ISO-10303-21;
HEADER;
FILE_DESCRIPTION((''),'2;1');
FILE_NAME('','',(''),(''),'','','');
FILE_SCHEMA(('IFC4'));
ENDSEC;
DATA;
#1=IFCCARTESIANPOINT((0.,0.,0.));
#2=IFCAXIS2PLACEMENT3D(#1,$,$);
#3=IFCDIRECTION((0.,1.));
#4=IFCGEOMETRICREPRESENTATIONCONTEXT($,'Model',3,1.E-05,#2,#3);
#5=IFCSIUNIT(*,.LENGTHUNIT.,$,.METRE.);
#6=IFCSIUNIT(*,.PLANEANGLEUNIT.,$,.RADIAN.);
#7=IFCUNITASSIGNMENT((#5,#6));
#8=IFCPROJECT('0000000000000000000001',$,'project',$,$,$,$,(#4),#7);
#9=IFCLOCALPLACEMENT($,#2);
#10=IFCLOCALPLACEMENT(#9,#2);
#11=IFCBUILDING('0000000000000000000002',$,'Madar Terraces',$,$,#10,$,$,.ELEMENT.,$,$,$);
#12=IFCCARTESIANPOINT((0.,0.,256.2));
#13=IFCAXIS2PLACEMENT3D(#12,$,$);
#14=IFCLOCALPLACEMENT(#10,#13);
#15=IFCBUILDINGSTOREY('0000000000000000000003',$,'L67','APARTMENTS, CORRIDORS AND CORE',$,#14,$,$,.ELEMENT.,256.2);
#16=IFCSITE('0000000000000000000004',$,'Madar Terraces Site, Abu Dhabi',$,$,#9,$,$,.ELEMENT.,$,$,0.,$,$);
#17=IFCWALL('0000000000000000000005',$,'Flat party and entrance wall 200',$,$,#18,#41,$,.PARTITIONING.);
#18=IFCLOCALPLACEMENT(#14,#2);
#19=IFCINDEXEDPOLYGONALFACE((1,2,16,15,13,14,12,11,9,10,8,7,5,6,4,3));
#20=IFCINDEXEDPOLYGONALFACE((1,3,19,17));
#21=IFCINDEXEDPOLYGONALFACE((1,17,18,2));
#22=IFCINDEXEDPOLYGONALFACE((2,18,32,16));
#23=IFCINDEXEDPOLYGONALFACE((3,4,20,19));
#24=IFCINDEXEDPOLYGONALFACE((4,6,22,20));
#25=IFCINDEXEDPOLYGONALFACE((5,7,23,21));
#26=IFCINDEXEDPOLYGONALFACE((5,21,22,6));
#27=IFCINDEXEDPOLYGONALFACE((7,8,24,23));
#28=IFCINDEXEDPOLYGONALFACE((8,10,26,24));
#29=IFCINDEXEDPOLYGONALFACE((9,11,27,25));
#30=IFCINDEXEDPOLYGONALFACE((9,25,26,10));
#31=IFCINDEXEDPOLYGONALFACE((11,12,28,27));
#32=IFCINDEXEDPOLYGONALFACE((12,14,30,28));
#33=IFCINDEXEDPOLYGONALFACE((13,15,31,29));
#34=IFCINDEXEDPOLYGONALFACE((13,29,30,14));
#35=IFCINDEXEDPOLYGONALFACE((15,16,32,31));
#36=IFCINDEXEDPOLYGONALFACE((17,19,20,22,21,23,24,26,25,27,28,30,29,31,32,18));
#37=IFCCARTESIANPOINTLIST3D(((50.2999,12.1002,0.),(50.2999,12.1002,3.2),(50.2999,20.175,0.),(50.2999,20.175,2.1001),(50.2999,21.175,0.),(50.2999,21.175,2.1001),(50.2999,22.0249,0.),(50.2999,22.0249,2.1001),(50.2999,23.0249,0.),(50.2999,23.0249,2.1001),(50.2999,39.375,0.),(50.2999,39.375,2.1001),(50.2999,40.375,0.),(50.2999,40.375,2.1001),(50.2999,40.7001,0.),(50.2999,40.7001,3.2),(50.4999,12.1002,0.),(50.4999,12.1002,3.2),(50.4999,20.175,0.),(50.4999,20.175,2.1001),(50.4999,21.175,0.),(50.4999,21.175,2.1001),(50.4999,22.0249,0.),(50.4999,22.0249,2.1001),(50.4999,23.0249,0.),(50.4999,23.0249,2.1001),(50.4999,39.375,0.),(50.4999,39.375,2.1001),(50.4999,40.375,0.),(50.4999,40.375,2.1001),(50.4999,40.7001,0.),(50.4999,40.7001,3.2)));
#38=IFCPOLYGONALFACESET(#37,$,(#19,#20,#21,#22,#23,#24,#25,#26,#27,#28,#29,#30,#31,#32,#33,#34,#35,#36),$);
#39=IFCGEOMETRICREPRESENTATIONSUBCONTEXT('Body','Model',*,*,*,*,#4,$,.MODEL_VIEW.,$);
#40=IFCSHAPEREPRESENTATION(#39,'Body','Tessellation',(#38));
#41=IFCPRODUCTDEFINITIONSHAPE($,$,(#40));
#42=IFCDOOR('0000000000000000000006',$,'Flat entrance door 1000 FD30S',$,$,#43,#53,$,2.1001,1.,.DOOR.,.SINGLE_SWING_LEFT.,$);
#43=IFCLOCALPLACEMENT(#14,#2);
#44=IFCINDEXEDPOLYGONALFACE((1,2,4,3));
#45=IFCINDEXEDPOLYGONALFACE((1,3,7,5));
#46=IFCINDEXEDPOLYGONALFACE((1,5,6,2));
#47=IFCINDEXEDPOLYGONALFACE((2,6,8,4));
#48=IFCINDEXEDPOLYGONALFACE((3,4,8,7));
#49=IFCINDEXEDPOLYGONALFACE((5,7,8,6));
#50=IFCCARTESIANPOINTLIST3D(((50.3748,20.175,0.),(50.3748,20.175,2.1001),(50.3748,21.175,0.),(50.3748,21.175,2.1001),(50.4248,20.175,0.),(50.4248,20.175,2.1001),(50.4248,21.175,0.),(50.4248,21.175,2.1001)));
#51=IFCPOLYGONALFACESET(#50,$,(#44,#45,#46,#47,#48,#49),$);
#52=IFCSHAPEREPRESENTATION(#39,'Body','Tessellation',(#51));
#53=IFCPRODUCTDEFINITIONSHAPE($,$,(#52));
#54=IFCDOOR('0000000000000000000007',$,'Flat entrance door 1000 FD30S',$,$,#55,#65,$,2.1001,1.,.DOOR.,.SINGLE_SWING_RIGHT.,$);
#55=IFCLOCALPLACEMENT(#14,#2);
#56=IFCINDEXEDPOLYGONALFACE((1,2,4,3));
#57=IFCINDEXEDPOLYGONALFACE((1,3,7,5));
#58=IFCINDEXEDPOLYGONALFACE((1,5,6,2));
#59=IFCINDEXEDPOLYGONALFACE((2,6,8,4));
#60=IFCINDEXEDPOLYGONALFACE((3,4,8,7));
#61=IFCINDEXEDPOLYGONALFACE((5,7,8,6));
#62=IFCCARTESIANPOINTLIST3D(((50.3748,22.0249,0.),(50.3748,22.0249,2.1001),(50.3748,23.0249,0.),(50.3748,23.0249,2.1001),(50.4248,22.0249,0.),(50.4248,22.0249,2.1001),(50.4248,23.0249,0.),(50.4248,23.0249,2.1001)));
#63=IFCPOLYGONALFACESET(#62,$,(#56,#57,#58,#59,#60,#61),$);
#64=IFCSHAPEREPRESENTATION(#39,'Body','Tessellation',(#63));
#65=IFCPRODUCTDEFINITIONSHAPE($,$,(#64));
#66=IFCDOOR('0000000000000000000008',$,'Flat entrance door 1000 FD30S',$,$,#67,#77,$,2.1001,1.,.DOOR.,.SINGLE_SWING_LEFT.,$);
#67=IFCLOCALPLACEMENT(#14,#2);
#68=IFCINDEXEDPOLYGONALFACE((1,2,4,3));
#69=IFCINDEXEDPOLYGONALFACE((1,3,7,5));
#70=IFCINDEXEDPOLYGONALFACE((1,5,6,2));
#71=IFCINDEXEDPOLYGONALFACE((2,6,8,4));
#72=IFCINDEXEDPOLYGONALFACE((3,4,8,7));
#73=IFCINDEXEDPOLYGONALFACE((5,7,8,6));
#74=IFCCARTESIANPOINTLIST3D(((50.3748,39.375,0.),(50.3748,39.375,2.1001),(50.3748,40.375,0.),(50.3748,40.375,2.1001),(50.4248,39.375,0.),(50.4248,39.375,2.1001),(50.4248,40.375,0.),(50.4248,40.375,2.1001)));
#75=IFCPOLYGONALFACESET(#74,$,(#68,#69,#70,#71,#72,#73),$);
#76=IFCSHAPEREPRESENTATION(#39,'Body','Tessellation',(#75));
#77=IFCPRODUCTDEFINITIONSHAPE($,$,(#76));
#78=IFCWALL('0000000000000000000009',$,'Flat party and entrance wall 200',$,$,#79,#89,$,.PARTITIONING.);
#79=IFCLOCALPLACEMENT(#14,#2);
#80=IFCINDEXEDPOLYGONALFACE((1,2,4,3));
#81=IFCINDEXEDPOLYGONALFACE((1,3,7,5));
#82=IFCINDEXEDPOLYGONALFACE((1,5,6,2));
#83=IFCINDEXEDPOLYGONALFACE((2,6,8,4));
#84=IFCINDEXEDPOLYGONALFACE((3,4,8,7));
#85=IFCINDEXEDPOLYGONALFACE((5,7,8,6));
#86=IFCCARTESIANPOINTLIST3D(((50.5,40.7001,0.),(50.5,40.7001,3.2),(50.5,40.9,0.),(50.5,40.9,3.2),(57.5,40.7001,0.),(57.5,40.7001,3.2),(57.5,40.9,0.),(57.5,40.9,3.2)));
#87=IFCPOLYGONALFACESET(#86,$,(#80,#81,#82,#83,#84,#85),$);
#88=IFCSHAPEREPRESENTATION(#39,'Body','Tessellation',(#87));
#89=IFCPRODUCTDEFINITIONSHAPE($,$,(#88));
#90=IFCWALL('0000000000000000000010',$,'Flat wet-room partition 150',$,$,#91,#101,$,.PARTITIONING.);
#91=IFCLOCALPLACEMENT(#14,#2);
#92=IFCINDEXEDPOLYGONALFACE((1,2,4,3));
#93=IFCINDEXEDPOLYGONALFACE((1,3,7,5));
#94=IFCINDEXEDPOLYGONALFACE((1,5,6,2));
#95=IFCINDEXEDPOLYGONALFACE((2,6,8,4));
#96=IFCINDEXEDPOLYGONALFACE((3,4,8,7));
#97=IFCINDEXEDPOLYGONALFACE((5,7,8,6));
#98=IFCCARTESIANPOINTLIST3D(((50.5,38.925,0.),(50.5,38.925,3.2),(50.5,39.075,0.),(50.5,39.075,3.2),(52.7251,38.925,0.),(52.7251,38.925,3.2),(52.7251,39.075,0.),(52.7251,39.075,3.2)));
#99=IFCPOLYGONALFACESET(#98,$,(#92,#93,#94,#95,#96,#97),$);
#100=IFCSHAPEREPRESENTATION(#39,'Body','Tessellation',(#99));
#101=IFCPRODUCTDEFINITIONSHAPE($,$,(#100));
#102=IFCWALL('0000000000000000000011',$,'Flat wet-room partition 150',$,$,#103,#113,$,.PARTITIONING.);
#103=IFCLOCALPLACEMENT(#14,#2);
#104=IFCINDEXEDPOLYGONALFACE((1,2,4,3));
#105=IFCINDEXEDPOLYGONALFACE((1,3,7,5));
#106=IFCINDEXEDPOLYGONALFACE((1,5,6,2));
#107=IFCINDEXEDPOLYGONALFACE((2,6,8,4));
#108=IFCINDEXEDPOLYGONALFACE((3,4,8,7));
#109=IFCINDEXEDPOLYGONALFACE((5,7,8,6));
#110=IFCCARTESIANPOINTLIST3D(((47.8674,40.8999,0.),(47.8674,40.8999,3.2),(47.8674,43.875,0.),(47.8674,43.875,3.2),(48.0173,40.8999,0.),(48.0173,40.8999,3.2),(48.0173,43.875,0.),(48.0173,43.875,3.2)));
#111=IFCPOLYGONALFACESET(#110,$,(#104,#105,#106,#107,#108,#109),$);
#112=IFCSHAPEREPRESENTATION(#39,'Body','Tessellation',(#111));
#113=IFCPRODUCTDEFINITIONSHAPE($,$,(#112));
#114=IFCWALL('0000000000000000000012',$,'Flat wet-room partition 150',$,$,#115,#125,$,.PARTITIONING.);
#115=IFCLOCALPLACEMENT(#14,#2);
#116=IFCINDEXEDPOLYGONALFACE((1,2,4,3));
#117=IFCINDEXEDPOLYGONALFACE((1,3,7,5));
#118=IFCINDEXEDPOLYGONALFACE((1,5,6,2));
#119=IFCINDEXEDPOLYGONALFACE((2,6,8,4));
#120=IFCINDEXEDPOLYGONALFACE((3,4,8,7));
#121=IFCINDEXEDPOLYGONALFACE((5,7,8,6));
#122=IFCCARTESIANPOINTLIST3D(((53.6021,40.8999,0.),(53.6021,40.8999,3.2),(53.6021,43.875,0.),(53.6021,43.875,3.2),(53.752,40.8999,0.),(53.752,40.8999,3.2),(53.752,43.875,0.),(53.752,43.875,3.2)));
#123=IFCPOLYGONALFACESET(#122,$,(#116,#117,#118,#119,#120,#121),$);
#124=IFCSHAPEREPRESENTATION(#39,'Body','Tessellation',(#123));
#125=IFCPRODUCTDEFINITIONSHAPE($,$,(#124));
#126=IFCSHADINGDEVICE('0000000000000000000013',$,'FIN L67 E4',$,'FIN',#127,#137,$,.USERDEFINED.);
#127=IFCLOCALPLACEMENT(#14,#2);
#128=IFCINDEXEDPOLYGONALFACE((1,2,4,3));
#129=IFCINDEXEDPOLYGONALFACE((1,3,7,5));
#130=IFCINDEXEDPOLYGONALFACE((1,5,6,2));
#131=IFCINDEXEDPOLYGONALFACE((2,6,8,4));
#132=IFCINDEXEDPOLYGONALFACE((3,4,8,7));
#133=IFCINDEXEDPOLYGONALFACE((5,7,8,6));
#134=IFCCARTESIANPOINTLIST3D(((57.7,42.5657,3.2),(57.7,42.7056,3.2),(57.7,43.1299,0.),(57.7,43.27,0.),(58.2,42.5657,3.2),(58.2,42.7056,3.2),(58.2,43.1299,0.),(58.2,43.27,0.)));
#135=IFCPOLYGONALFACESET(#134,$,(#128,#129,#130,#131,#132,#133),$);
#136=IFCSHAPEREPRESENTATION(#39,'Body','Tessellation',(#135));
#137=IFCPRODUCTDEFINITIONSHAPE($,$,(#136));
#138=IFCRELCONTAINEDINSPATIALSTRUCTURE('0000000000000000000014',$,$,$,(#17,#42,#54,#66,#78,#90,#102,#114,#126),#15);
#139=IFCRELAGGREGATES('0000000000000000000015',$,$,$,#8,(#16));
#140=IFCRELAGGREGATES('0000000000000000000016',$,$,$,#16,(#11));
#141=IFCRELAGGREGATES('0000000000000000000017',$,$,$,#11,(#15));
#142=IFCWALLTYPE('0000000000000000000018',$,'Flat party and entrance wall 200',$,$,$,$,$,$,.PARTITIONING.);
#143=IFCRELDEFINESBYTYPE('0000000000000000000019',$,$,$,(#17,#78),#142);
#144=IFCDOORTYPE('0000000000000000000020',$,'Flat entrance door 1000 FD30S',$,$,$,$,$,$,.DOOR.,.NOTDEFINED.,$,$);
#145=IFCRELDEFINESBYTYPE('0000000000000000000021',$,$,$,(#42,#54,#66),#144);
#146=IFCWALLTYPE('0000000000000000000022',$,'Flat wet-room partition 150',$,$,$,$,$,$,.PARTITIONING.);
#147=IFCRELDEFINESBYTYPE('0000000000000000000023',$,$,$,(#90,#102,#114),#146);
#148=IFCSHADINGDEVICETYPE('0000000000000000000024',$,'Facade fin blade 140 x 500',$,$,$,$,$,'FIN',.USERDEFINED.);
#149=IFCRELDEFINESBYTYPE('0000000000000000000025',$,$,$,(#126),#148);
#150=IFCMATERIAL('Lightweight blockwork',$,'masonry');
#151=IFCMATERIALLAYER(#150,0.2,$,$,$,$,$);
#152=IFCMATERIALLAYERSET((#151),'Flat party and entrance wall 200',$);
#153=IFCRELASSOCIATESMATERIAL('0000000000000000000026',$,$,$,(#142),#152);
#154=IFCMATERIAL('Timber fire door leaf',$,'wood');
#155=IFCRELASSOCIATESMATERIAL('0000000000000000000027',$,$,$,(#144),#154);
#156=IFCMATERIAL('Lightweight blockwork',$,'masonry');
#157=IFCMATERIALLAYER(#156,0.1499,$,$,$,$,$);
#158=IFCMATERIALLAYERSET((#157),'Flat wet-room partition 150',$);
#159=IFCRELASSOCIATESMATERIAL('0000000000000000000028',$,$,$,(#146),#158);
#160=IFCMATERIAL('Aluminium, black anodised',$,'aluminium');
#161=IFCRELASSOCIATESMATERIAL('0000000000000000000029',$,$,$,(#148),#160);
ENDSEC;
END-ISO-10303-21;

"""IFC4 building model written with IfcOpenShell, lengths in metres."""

from ifc_helpers import new_model, si_unit, direction, frame, frame_2d, origin, place, context, subcontext, project, spatial, polyline, rectangle, outline, extrude, material, layer, layer_set, type_object, element, fill, save


model = new_model("IFC4")

# Units and contexts
model_context = context("Model", 3, precision=1e-05, world=origin(), true_north=direction((0.0, 1.0)))
body_context = subcontext(model_context, "Body", "Model", "MODEL_VIEW")
ifc_project = project(units=[si_unit("LENGTHUNIT", "METRE"), si_unit("PLANEANGLEUNIT", "RADIAN")], contexts=[model_context])

# Site, building, storey
site_placement = place(None, origin())
site = spatial("IfcSite", under=ifc_project, at=site_placement, Name="Madar Terraces Site, Abu Dhabi", CompositionType="ELEMENT", RefElevation=0.0)
building_placement = place(site_placement, origin())
building = spatial("IfcBuilding", under=site, at=building_placement, Name="Madar Terraces", CompositionType="ELEMENT")
storey_placement = place(building_placement, frame((0.0, 0.0, 256.2)))
storey = spatial("IfcBuildingStorey", under=building, at=storey_placement, Name="L67", Description="APARTMENTS, CORRIDORS AND CORE", CompositionType="ELEMENT", Elevation=256.2)

# Wall, openings, doors
ifc_material_1 = material(Name="Lightweight blockwork", Category="masonry")
ifc_layer_1 = layer(ifc_material_1, 0.2)
ifc_layer_set_1 = layer_set([ifc_layer_1], Name="Flat party and entrance wall 200")
wall_type_1 = type_object("IfcWallType", Name="Flat party and entrance wall 200", PredefinedType="PARTITIONING", material=ifc_layer_set_1)
wall_1_placement = place(storey_placement, frame((50.3999, 40.7, 0.0), z_axis=(0.0, 0.0, 1.0), x_axis=(0.0, -1.0, 0.0)))
wall_1 = element("IfcWall", 1, at=wall_1_placement, inside=storey, type_object=wall_type_1, Name="Flat party and entrance wall 200", PredefinedType="PARTITIONING", context=body_context, shape_type="SweptSolid", body=[
    extrude(rectangle(XDim=28.5999, YDim=0.2, at=frame_2d((14.2998, 0.0))), origin(), (0.0, 0.0, 1.0), 3.2),
])
opening_1_placement = place(wall_1_placement, frame((19.5249, 0.0, 0.0)))
opening_1 = element("IfcOpeningElement", 2, at=opening_1_placement, cuts=wall_1, PredefinedType="OPENING", context=body_context, shape_type="SweptSolid", body=[
    extrude(rectangle(XDim=1.0, YDim=2.1001, at=frame_2d((0.5, 1.05))), frame((0.0, 0.1099, 0.0), z_axis=(0.0, -1.0, 0.0), x_axis=(1.0, 0.0, 0.0)), (0.0, 0.0, 1.0), 0.22),
])
opening_2_placement = place(wall_1_placement, frame((17.675, 0.0, 0.0)))
opening_2 = element("IfcOpeningElement", 3, at=opening_2_placement, cuts=wall_1, PredefinedType="OPENING", context=body_context, shape_type="SweptSolid", body=[
    extrude(rectangle(XDim=1.0, YDim=2.1001, at=frame_2d((0.5, 1.05))), frame((0.0, 0.1099, 0.0), z_axis=(0.0, -1.0, 0.0), x_axis=(1.0, 0.0, 0.0)), (0.0, 0.0, 1.0), 0.22),
])
opening_3_placement = place(wall_1_placement, frame((0.325, 0.0, 0.0)))
opening_3 = element("IfcOpeningElement", 4, at=opening_3_placement, cuts=wall_1, PredefinedType="OPENING", context=body_context, shape_type="SweptSolid", body=[
    extrude(rectangle(XDim=1.0, YDim=2.1001, at=frame_2d((0.5, 1.05))), frame((0.0, 0.1099, 0.0), z_axis=(0.0, -1.0, 0.0), x_axis=(1.0, 0.0, 0.0)), (0.0, 0.0, 1.0), 0.22),
])
ifc_material_2 = material(Name="Timber fire door leaf", Category="wood")
door_type_1 = type_object("IfcDoorType", Name="Flat entrance door 1000 FD30S", OperationType="NOTDEFINED", PredefinedType="DOOR", material=ifc_material_2)
door_1_placement = place(opening_1_placement, origin())
door_1 = element("IfcDoor", 5, at=door_1_placement, inside=storey, type_object=door_type_1, Name="Flat entrance door 1000 FD30S", OperationType="SINGLE_SWING_LEFT", OverallHeight=2.1001, OverallWidth=1.0, PredefinedType="DOOR", context=body_context, shape_type="SweptSolid", body=[
    extrude(rectangle(XDim=1.0, YDim=2.1001, at=frame_2d((0.5, 1.05))), frame((0.0, 0.0249, 0.0), z_axis=(0.0, -1.0, 0.0), x_axis=(1.0, 0.0, 0.0)), (0.0, 0.0, 1.0), 0.05),
])
fill(opening_1, door_1)
door_2_placement = place(opening_2_placement, origin())
door_2 = element("IfcDoor", 6, at=door_2_placement, inside=storey, type_object=door_type_1, Name="Flat entrance door 1000 FD30S", OperationType="SINGLE_SWING_RIGHT", OverallHeight=2.1001, OverallWidth=1.0, PredefinedType="DOOR", context=body_context, shape_type="SweptSolid", body=[
    extrude(rectangle(XDim=1.0, YDim=2.1001, at=frame_2d((0.5, 1.05))), frame((0.0, 0.0249, 0.0), z_axis=(0.0, -1.0, 0.0), x_axis=(1.0, 0.0, 0.0)), (0.0, 0.0, 1.0), 0.05),
])
fill(opening_2, door_2)
door_3_placement = place(opening_3_placement, origin())
door_3 = element("IfcDoor", 7, at=door_3_placement, inside=storey, type_object=door_type_1, Name="Flat entrance door 1000 FD30S", OperationType="SINGLE_SWING_LEFT", OverallHeight=2.1001, OverallWidth=1.0, PredefinedType="DOOR", context=body_context, shape_type="SweptSolid", body=[
    extrude(rectangle(XDim=1.0, YDim=2.1001, at=frame_2d((0.5, 1.05))), frame((0.0, 0.0249, 0.0), z_axis=(0.0, -1.0, 0.0), x_axis=(1.0, 0.0, 0.0)), (0.0, 0.0, 1.0), 0.05),
])
fill(opening_3, door_3)

# Walls
wall_2_placement = place(storey_placement, frame((50.5, 40.8, 0.0), z_axis=(0.0, 0.0, 1.0), x_axis=(1.0, 0.0, 0.0)))
element("IfcWall", 8, at=wall_2_placement, inside=storey, type_object=wall_type_1, Name="Flat party and entrance wall 200", PredefinedType="PARTITIONING", context=body_context, shape_type="SweptSolid", body=[
    extrude(rectangle(XDim=7.0, YDim=0.2, at=frame_2d((3.5, 0.0))), origin(), (0.0, 0.0, 1.0), 3.2),
])
ifc_material_3 = material(Name="Lightweight blockwork", Category="masonry")
ifc_layer_2 = layer(ifc_material_3, 0.1499)
ifc_layer_set_2 = layer_set([ifc_layer_2], Name="Flat wet-room partition 150")
wall_type_2 = type_object("IfcWallType", Name="Flat wet-room partition 150", PredefinedType="PARTITIONING", material=ifc_layer_set_2)
wall_3_placement = place(storey_placement, frame((50.5, 39.0, 0.0), z_axis=(0.0, 0.0, 1.0), x_axis=(1.0, 0.0, 0.0)))
element("IfcWall", 9, at=wall_3_placement, inside=storey, type_object=wall_type_2, Name="Flat wet-room partition 150", PredefinedType="PARTITIONING", context=body_context, shape_type="SweptSolid", body=[
    extrude(rectangle(XDim=2.2251, YDim=0.1499, at=frame_2d((1.1125, 0.0))), origin(), (0.0, 0.0, 1.0), 3.2),
])
for number, where, z_axis, x_axis, name in (
    (10, (47.9424, 40.8999, 0.0), (0.0, 0.0, 1.0), (0.0, 1.0, 0.0), "Flat wet-room partition 150"),
    (11, (53.677, 40.8999, 0.0), (0.0, 0.0, 1.0), (0.0, 1.0, 0.0), "Flat wet-room partition 150"),
):
    element("IfcWall", number, at=place(storey_placement, frame(where, z_axis=z_axis, x_axis=x_axis)), inside=storey, type_object=wall_type_2, Name=name, PredefinedType="PARTITIONING", context=body_context, shape_type="SweptSolid", body=[
        extrude(rectangle(XDim=2.9751, YDim=0.1499, at=frame_2d((1.4875, 0.0))), origin(), (0.0, 0.0, 1.0), 3.2),
    ])

# Shading device
ifc_material_4 = material(Name="Aluminium, black anodised", Category="aluminium")
shading_device_type = type_object("IfcShadingDeviceType", Name="Facade fin blade 140 x 500", ElementType="FIN", PredefinedType="USERDEFINED", material=ifc_material_4)
shading_device_placement = place(storey_placement, frame((57.95, 43.1299, 0.0), z_axis=(0.0, 0.0, 1.0), x_axis=(0.0, 1.0, 0.0)))
element("IfcShadingDevice", 12, at=shading_device_placement, inside=storey, type_object=shading_device_type, Name="FIN L67 E4", ObjectType="FIN", PredefinedType="USERDEFINED", context=body_context, shape_type="SweptSolid", body=[
    extrude(outline(polyline([(0.0, 0.0), (0.1401, 0.0), (-0.4243, 3.2), (-0.5642, 3.2), (0.0, 0.0)])), frame((0.0, 0.25, 0.0), z_axis=(0.0, -1.0, 0.0), x_axis=(1.0, 0.0, 0.0)), (0.0, 0.0, 1.0), 0.5),
])

save(model, "model.ifc")
